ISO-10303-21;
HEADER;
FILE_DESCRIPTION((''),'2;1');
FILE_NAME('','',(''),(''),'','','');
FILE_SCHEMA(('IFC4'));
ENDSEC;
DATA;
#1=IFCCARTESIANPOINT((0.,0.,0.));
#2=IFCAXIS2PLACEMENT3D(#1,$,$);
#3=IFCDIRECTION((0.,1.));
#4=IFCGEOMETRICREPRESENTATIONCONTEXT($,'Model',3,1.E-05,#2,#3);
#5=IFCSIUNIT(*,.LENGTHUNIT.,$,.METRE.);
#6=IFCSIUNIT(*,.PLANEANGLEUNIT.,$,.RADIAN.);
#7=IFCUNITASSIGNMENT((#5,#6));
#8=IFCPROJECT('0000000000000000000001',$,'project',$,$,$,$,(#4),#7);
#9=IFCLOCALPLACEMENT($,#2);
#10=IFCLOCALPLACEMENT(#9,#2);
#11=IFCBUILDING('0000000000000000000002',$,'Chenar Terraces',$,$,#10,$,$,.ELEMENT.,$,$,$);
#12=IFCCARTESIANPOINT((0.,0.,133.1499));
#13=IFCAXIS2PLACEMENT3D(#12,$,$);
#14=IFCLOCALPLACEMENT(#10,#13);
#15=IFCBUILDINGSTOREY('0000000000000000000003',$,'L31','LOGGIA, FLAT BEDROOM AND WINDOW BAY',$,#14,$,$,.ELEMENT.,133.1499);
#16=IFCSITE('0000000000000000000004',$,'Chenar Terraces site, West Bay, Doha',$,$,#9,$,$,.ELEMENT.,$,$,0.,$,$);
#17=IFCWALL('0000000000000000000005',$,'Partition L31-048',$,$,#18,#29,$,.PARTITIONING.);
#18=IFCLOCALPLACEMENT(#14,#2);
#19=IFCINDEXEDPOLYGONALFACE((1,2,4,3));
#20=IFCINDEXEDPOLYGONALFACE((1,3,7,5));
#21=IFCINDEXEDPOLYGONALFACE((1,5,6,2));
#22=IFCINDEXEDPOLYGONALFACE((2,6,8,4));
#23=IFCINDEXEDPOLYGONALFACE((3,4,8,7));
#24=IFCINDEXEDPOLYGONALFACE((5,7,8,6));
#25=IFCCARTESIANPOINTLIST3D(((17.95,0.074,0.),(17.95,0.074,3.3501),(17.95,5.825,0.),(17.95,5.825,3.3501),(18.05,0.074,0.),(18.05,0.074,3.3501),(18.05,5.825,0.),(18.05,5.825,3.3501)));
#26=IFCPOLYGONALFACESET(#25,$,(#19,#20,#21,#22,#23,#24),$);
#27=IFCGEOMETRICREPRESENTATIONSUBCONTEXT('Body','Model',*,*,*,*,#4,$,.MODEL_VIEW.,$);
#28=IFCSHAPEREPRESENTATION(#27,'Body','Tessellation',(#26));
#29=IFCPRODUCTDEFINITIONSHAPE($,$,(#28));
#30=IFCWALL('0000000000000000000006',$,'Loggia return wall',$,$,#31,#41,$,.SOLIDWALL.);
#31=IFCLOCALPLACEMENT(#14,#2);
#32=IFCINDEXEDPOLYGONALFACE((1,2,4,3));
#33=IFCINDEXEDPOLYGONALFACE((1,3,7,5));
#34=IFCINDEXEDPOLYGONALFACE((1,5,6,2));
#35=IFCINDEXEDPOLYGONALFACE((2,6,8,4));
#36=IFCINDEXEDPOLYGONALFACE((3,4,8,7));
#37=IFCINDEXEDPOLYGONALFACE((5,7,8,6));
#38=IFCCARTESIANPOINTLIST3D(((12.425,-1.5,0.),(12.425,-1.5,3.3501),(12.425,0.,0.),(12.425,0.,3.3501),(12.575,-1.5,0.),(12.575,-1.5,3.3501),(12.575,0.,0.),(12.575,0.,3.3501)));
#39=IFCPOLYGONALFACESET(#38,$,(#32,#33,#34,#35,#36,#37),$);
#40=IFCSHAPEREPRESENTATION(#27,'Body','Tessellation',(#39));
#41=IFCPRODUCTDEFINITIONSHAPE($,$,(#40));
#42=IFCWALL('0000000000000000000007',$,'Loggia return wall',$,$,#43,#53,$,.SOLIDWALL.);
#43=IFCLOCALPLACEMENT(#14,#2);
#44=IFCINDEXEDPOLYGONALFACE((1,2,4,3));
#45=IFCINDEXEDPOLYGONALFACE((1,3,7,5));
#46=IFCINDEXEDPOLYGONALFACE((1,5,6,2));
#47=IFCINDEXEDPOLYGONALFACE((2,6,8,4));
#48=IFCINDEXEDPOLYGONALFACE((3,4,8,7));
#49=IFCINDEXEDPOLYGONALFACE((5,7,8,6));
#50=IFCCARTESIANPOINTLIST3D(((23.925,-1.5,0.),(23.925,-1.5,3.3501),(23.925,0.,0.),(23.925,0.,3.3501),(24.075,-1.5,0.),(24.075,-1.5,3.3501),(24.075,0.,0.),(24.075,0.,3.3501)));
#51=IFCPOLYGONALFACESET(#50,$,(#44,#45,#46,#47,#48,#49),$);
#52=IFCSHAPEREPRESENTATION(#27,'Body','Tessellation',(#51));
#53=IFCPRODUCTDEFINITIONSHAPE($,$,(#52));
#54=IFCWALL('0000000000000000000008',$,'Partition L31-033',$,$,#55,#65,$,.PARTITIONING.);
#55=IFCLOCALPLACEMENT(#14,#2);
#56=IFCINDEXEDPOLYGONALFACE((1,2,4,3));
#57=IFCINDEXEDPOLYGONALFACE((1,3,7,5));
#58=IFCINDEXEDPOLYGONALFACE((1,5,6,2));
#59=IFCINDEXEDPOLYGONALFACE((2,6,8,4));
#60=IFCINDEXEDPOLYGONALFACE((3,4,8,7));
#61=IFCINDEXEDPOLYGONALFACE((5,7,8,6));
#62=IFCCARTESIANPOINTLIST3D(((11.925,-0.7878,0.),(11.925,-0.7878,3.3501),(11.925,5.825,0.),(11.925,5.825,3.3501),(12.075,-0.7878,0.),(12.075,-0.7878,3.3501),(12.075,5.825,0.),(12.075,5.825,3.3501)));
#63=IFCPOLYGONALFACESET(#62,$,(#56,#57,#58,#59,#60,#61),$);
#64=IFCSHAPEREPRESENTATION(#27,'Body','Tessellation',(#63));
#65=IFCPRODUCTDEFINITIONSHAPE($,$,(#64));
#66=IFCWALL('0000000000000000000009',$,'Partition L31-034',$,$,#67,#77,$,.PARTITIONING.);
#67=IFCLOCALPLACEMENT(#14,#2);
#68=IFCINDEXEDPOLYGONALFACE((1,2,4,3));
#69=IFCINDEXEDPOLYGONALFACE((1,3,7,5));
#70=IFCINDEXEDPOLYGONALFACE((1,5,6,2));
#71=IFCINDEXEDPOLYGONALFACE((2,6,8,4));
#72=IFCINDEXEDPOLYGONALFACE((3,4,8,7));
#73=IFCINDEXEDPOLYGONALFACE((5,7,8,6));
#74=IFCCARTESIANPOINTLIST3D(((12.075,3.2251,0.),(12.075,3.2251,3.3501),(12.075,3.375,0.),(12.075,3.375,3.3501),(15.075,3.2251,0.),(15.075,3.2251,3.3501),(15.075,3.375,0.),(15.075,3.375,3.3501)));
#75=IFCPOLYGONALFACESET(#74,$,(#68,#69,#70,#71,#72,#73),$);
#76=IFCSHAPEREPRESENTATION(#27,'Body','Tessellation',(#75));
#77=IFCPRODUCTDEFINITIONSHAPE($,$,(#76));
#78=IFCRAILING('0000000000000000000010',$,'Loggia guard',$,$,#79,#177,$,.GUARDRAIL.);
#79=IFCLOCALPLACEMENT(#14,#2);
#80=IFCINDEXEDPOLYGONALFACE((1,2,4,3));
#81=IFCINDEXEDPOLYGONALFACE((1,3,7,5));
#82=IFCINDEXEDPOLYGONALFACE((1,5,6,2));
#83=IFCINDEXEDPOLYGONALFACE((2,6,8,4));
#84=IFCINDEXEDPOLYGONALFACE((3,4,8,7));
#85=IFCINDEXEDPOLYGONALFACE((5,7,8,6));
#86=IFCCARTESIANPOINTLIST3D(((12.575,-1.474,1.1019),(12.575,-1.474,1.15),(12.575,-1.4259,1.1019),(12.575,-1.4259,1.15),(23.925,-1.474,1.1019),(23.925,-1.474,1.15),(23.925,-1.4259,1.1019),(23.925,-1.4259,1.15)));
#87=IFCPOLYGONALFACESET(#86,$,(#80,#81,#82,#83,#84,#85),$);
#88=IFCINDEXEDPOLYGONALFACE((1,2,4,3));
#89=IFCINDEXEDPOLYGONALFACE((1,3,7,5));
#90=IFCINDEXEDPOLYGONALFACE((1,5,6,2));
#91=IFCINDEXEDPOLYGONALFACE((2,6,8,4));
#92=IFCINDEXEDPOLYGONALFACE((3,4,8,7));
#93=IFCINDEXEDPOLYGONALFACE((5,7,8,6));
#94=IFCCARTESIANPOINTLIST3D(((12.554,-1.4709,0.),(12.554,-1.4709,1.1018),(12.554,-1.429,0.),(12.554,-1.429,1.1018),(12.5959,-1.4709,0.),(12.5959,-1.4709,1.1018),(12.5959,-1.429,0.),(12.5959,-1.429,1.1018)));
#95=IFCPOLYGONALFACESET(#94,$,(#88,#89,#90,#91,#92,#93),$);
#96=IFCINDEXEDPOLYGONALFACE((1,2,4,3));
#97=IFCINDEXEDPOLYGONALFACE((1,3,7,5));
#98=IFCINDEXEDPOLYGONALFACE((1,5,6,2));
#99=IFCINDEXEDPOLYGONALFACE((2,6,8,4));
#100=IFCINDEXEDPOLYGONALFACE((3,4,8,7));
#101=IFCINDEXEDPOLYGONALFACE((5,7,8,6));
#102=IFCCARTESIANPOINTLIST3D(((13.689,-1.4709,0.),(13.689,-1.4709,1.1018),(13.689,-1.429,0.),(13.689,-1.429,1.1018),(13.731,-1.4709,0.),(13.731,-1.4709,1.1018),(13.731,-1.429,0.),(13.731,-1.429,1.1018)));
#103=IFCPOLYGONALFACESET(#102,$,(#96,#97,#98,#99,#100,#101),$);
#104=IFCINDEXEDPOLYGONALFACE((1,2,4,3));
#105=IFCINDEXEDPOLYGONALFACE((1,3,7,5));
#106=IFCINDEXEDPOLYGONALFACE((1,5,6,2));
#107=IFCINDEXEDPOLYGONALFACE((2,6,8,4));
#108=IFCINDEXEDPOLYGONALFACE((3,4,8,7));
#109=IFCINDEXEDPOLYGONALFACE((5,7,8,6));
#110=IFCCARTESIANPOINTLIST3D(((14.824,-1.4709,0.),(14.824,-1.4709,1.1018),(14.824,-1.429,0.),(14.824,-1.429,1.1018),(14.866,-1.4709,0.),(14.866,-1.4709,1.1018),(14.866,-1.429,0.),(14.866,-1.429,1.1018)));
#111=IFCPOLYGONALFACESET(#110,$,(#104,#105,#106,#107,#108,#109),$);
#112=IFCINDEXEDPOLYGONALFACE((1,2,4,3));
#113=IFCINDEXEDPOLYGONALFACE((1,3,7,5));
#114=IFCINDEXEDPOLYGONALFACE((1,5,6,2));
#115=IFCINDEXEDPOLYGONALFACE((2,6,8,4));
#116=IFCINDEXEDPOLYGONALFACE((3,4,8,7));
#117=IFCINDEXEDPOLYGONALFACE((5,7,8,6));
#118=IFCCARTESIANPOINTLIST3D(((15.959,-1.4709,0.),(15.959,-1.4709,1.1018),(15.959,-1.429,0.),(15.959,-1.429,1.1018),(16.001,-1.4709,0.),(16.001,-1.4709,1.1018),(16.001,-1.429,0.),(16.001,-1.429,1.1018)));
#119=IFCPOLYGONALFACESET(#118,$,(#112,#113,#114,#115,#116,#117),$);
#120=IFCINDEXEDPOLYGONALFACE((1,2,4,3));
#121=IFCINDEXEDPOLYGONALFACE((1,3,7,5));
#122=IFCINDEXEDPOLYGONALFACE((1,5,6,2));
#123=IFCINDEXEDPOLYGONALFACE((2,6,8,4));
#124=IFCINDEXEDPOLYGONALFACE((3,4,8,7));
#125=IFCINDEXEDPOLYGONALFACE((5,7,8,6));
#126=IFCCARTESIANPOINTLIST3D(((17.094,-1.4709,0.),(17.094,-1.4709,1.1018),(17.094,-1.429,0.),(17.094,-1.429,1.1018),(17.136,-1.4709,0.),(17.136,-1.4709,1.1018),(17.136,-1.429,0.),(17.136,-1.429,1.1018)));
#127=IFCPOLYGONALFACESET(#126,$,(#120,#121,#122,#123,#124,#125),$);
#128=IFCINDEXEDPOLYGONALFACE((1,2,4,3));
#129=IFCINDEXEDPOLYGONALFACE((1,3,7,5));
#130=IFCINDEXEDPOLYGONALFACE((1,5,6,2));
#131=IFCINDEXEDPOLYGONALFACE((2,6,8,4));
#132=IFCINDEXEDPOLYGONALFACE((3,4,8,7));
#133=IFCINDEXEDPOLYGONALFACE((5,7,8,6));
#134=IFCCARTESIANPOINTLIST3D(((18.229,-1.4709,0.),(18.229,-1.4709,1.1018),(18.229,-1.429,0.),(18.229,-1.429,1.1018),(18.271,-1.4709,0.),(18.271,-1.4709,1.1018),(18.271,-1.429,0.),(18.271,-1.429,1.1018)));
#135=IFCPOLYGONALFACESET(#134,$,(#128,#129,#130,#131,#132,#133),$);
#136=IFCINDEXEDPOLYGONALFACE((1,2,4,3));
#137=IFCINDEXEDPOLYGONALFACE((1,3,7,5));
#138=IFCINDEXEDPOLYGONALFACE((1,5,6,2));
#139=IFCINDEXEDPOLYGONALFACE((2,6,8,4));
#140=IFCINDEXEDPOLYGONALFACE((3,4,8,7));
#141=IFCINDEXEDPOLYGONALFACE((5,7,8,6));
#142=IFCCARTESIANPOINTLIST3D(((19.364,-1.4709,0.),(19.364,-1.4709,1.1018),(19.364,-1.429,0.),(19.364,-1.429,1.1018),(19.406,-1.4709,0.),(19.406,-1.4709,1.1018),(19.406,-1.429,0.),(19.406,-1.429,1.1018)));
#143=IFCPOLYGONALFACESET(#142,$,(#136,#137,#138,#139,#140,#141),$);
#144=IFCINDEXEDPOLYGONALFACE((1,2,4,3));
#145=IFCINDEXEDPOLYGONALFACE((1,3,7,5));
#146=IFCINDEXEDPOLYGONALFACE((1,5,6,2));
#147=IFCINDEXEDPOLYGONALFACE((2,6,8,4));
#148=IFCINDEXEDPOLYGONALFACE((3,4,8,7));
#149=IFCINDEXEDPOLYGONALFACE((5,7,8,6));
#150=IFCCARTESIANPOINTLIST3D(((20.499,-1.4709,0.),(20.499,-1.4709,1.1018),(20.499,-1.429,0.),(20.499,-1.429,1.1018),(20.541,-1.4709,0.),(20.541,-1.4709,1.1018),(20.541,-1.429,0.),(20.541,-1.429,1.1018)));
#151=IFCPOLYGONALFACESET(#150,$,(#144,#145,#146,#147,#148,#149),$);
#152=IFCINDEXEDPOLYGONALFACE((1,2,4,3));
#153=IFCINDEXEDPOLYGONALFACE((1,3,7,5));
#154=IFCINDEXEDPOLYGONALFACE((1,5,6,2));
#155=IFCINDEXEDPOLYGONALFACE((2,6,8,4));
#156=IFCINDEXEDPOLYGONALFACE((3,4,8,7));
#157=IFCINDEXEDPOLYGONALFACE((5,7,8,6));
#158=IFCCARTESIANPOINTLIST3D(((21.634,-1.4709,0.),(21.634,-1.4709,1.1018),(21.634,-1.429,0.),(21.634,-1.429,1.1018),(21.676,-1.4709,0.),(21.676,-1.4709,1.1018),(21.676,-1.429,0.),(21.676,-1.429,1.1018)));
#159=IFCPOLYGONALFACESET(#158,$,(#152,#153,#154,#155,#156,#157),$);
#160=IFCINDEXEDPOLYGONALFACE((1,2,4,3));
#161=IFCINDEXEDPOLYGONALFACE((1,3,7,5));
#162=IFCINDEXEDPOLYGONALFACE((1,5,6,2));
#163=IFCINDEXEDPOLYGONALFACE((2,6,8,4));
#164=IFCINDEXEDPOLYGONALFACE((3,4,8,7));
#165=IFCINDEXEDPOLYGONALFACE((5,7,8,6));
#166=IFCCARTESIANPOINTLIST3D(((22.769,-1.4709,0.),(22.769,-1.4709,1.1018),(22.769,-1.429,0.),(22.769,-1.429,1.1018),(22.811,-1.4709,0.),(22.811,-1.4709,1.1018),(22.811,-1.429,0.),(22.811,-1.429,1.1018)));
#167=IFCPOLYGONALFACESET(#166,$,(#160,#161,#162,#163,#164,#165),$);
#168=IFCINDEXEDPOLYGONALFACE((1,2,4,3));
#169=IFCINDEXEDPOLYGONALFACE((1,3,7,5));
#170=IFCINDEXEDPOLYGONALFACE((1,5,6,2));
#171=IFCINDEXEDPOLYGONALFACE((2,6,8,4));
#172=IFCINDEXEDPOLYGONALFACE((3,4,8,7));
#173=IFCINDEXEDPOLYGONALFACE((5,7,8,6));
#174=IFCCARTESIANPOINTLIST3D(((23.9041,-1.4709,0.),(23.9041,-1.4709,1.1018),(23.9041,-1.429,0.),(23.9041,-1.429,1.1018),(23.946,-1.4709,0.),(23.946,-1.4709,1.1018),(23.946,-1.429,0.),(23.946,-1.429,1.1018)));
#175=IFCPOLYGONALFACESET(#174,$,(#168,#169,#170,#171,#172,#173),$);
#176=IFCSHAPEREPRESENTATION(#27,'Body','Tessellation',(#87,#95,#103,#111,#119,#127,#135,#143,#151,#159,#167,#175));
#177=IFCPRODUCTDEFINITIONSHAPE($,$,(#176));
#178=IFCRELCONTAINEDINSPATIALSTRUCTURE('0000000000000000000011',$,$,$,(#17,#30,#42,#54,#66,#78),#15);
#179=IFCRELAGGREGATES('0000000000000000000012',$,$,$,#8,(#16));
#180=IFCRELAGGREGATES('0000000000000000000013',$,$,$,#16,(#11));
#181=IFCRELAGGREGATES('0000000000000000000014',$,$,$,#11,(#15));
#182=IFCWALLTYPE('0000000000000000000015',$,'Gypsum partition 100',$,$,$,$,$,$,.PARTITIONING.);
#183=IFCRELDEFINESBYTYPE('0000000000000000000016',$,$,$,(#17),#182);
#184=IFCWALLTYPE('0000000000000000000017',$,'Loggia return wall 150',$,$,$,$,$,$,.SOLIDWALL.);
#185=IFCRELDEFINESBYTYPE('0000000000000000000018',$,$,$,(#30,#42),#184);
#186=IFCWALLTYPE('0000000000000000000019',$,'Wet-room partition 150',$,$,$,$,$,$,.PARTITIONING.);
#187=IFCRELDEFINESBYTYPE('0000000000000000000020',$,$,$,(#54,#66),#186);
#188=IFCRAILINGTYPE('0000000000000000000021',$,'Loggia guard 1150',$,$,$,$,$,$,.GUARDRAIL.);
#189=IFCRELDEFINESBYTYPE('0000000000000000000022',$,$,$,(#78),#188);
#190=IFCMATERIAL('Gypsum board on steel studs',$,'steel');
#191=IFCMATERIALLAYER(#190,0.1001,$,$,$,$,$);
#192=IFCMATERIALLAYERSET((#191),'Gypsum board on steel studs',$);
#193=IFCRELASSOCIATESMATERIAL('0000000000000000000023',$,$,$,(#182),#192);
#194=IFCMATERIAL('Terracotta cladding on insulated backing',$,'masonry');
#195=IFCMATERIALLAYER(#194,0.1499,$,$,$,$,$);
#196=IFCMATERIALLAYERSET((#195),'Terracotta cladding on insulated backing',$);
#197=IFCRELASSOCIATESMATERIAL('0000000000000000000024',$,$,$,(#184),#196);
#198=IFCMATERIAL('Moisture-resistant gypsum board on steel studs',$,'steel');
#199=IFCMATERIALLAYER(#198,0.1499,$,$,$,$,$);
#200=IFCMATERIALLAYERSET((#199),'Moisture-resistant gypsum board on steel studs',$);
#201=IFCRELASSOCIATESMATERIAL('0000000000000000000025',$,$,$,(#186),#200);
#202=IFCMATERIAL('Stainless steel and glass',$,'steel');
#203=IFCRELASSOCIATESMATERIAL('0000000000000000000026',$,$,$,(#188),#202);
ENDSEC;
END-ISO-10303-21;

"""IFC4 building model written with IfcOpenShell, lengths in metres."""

from ifc_helpers import new_model, si_unit, direction, frame, frame_2d, origin, origin_2d, place, context, subcontext, project, spatial, rectangle, extrude, material, layer, layer_set, type_object, element, save


model = new_model("IFC4")

# Units and contexts
model_context = context("Model", 3, precision=1e-05, world=origin(), true_north=direction((0.0, 1.0)))
body_context = subcontext(model_context, "Body", "Model", "MODEL_VIEW")
ifc_project = project(units=[si_unit("LENGTHUNIT", "METRE"), si_unit("PLANEANGLEUNIT", "RADIAN")], contexts=[model_context])

# Site, building, storey
site_placement = place(None, origin())
site = spatial("IfcSite", under=ifc_project, at=site_placement, Name="Chenar Terraces site, West Bay, Doha", CompositionType="ELEMENT", RefElevation=0.0)
building_placement = place(site_placement, origin())
building = spatial("IfcBuilding", under=site, at=building_placement, Name="Chenar Terraces", CompositionType="ELEMENT")
storey_placement = place(building_placement, frame((0.0, 0.0, 133.1499)))
storey = spatial("IfcBuildingStorey", under=building, at=storey_placement, Name="L31", Description="LOGGIA, FLAT BEDROOM AND WINDOW BAY", CompositionType="ELEMENT", Elevation=133.1499)

# Walls
ifc_material_1 = material(Name="Gypsum board on steel studs", Category="steel")
ifc_layer_1 = layer(ifc_material_1, 0.1001)
ifc_layer_set_1 = layer_set([ifc_layer_1], Name="Gypsum board on steel studs")
wall_type_1 = type_object("IfcWallType", Name="Gypsum partition 100", PredefinedType="PARTITIONING", material=ifc_layer_set_1)
wall_1_placement = place(storey_placement, frame((18.0, 0.074, 0.0), z_axis=(0.0, 0.0, 1.0), x_axis=(0.0, 1.0, 0.0)))
element("IfcWall", 1, at=wall_1_placement, inside=storey, type_object=wall_type_1, Name="Partition L31-048", PredefinedType="PARTITIONING", context=body_context, shape_type="SweptSolid", body=[
    extrude(rectangle(XDim=5.751, YDim=0.1001, at=frame_2d((2.8755, 0.0))), origin(), (0.0, 0.0, 1.0), 3.3501),
])
ifc_material_2 = material(Name="Terracotta cladding on insulated backing", Category="masonry")
ifc_layer_2 = layer(ifc_material_2, 0.1499)
ifc_layer_set_2 = layer_set([ifc_layer_2], Name="Terracotta cladding on insulated backing")
wall_type_2 = type_object("IfcWallType", Name="Loggia return wall 150", PredefinedType="SOLIDWALL", material=ifc_layer_set_2)
for number, where, z_axis, x_axis, name in (
    (2, (12.5, -1.5, 0.0), (0.0, 0.0, 1.0), (0.0, 1.0, 0.0), "Loggia return wall"),
    (3, (24.0, -1.5, 0.0), (0.0, 0.0, 1.0), (0.0, 1.0, 0.0), "Loggia return wall"),
):
    element("IfcWall", number, at=place(storey_placement, frame(where, z_axis=z_axis, x_axis=x_axis)), inside=storey, type_object=wall_type_2, Name=name, PredefinedType="SOLIDWALL", context=body_context, shape_type="SweptSolid", body=[
        extrude(rectangle(XDim=1.5, YDim=0.1499, at=frame_2d((0.75, 0.0))), origin(), (0.0, 0.0, 1.0), 3.3501),
    ])
ifc_material_3 = material(Name="Moisture-resistant gypsum board on steel studs", Category="steel")
ifc_layer_3 = layer(ifc_material_3, 0.1499)
ifc_layer_set_3 = layer_set([ifc_layer_3], Name="Moisture-resistant gypsum board on steel studs")
wall_type_3 = type_object("IfcWallType", Name="Wet-room partition 150", PredefinedType="PARTITIONING", material=ifc_layer_set_3)
wall_2_placement = place(storey_placement, frame((12.0, -0.7878, 0.0), z_axis=(0.0, 0.0, 1.0), x_axis=(0.0, 1.0, 0.0)))
element("IfcWall", 4, at=wall_2_placement, inside=storey, type_object=wall_type_3, Name="Partition L31-033", PredefinedType="PARTITIONING", context=body_context, shape_type="SweptSolid", body=[
    extrude(rectangle(XDim=6.6128, YDim=0.1499, at=frame_2d((3.3064, 0.0))), origin(), (0.0, 0.0, 1.0), 3.3501),
])
wall_3_placement = place(storey_placement, frame((12.075, 3.3, 0.0), z_axis=(0.0, 0.0, 1.0), x_axis=(1.0, 0.0, 0.0)))
element("IfcWall", 5, at=wall_3_placement, inside=storey, type_object=wall_type_3, Name="Partition L31-034", PredefinedType="PARTITIONING", context=body_context, shape_type="SweptSolid", body=[
    extrude(rectangle(XDim=3.0, YDim=0.1499, at=frame_2d((1.5, 0.0))), origin(), (0.0, 0.0, 1.0), 3.3501),
])

# Railing
ifc_material_4 = material(Name="Stainless steel and glass", Category="steel")
railing_type = type_object("IfcRailingType", Name="Loggia guard 1150", PredefinedType="GUARDRAIL", material=ifc_material_4)
railing_placement = place(storey_placement, frame((12.575, -1.45, 0.0)))
element("IfcRailing", 6, at=railing_placement, inside=storey, type_object=railing_type, Name="Loggia guard", PredefinedType="GUARDRAIL", context=body_context, shape_type="SweptSolid", body=[
    extrude(rectangle(XDim=0.0481, YDim=0.0481, at=origin_2d()), frame((0.0, 0.0, 1.126), z_axis=(1.0, 0.0, 0.0), x_axis=(0.0, 1.0, 0.0)), (0.0, 0.0, 1.0), 11.3501),
    extrude(rectangle(XDim=0.042, YDim=0.042, at=origin_2d()), origin(), (0.0, 0.0, 1.0), 1.1018),
    extrude(rectangle(XDim=0.042, YDim=0.042, at=origin_2d()), frame((1.135, 0.0, 0.0)), (0.0, 0.0, 1.0), 1.1018),
    extrude(rectangle(XDim=0.042, YDim=0.042, at=origin_2d()), frame((2.27, 0.0, 0.0)), (0.0, 0.0, 1.0), 1.1018),
    extrude(rectangle(XDim=0.042, YDim=0.042, at=origin_2d()), frame((3.405, 0.0, 0.0)), (0.0, 0.0, 1.0), 1.1018),
    extrude(rectangle(XDim=0.042, YDim=0.042, at=origin_2d()), frame((4.54, 0.0, 0.0)), (0.0, 0.0, 1.0), 1.1018),
    extrude(rectangle(XDim=0.042, YDim=0.042, at=origin_2d()), frame((5.675, 0.0, 0.0)), (0.0, 0.0, 1.0), 1.1018),
    extrude(rectangle(XDim=0.042, YDim=0.042, at=origin_2d()), frame((6.8101, 0.0, 0.0)), (0.0, 0.0, 1.0), 1.1018),
    extrude(rectangle(XDim=0.042, YDim=0.042, at=origin_2d()), frame((7.9451, 0.0, 0.0)), (0.0, 0.0, 1.0), 1.1018),
    extrude(rectangle(XDim=0.042, YDim=0.042, at=origin_2d()), frame((9.0801, 0.0, 0.0)), (0.0, 0.0, 1.0), 1.1018),
    extrude(rectangle(XDim=0.042, YDim=0.042, at=origin_2d()), frame((10.2151, 0.0, 0.0)), (0.0, 0.0, 1.0), 1.1018),
    extrude(rectangle(XDim=0.042, YDim=0.042, at=origin_2d()), frame((11.3501, 0.0, 0.0)), (0.0, 0.0, 1.0), 1.1018),
])

save(model, "model.ifc")
